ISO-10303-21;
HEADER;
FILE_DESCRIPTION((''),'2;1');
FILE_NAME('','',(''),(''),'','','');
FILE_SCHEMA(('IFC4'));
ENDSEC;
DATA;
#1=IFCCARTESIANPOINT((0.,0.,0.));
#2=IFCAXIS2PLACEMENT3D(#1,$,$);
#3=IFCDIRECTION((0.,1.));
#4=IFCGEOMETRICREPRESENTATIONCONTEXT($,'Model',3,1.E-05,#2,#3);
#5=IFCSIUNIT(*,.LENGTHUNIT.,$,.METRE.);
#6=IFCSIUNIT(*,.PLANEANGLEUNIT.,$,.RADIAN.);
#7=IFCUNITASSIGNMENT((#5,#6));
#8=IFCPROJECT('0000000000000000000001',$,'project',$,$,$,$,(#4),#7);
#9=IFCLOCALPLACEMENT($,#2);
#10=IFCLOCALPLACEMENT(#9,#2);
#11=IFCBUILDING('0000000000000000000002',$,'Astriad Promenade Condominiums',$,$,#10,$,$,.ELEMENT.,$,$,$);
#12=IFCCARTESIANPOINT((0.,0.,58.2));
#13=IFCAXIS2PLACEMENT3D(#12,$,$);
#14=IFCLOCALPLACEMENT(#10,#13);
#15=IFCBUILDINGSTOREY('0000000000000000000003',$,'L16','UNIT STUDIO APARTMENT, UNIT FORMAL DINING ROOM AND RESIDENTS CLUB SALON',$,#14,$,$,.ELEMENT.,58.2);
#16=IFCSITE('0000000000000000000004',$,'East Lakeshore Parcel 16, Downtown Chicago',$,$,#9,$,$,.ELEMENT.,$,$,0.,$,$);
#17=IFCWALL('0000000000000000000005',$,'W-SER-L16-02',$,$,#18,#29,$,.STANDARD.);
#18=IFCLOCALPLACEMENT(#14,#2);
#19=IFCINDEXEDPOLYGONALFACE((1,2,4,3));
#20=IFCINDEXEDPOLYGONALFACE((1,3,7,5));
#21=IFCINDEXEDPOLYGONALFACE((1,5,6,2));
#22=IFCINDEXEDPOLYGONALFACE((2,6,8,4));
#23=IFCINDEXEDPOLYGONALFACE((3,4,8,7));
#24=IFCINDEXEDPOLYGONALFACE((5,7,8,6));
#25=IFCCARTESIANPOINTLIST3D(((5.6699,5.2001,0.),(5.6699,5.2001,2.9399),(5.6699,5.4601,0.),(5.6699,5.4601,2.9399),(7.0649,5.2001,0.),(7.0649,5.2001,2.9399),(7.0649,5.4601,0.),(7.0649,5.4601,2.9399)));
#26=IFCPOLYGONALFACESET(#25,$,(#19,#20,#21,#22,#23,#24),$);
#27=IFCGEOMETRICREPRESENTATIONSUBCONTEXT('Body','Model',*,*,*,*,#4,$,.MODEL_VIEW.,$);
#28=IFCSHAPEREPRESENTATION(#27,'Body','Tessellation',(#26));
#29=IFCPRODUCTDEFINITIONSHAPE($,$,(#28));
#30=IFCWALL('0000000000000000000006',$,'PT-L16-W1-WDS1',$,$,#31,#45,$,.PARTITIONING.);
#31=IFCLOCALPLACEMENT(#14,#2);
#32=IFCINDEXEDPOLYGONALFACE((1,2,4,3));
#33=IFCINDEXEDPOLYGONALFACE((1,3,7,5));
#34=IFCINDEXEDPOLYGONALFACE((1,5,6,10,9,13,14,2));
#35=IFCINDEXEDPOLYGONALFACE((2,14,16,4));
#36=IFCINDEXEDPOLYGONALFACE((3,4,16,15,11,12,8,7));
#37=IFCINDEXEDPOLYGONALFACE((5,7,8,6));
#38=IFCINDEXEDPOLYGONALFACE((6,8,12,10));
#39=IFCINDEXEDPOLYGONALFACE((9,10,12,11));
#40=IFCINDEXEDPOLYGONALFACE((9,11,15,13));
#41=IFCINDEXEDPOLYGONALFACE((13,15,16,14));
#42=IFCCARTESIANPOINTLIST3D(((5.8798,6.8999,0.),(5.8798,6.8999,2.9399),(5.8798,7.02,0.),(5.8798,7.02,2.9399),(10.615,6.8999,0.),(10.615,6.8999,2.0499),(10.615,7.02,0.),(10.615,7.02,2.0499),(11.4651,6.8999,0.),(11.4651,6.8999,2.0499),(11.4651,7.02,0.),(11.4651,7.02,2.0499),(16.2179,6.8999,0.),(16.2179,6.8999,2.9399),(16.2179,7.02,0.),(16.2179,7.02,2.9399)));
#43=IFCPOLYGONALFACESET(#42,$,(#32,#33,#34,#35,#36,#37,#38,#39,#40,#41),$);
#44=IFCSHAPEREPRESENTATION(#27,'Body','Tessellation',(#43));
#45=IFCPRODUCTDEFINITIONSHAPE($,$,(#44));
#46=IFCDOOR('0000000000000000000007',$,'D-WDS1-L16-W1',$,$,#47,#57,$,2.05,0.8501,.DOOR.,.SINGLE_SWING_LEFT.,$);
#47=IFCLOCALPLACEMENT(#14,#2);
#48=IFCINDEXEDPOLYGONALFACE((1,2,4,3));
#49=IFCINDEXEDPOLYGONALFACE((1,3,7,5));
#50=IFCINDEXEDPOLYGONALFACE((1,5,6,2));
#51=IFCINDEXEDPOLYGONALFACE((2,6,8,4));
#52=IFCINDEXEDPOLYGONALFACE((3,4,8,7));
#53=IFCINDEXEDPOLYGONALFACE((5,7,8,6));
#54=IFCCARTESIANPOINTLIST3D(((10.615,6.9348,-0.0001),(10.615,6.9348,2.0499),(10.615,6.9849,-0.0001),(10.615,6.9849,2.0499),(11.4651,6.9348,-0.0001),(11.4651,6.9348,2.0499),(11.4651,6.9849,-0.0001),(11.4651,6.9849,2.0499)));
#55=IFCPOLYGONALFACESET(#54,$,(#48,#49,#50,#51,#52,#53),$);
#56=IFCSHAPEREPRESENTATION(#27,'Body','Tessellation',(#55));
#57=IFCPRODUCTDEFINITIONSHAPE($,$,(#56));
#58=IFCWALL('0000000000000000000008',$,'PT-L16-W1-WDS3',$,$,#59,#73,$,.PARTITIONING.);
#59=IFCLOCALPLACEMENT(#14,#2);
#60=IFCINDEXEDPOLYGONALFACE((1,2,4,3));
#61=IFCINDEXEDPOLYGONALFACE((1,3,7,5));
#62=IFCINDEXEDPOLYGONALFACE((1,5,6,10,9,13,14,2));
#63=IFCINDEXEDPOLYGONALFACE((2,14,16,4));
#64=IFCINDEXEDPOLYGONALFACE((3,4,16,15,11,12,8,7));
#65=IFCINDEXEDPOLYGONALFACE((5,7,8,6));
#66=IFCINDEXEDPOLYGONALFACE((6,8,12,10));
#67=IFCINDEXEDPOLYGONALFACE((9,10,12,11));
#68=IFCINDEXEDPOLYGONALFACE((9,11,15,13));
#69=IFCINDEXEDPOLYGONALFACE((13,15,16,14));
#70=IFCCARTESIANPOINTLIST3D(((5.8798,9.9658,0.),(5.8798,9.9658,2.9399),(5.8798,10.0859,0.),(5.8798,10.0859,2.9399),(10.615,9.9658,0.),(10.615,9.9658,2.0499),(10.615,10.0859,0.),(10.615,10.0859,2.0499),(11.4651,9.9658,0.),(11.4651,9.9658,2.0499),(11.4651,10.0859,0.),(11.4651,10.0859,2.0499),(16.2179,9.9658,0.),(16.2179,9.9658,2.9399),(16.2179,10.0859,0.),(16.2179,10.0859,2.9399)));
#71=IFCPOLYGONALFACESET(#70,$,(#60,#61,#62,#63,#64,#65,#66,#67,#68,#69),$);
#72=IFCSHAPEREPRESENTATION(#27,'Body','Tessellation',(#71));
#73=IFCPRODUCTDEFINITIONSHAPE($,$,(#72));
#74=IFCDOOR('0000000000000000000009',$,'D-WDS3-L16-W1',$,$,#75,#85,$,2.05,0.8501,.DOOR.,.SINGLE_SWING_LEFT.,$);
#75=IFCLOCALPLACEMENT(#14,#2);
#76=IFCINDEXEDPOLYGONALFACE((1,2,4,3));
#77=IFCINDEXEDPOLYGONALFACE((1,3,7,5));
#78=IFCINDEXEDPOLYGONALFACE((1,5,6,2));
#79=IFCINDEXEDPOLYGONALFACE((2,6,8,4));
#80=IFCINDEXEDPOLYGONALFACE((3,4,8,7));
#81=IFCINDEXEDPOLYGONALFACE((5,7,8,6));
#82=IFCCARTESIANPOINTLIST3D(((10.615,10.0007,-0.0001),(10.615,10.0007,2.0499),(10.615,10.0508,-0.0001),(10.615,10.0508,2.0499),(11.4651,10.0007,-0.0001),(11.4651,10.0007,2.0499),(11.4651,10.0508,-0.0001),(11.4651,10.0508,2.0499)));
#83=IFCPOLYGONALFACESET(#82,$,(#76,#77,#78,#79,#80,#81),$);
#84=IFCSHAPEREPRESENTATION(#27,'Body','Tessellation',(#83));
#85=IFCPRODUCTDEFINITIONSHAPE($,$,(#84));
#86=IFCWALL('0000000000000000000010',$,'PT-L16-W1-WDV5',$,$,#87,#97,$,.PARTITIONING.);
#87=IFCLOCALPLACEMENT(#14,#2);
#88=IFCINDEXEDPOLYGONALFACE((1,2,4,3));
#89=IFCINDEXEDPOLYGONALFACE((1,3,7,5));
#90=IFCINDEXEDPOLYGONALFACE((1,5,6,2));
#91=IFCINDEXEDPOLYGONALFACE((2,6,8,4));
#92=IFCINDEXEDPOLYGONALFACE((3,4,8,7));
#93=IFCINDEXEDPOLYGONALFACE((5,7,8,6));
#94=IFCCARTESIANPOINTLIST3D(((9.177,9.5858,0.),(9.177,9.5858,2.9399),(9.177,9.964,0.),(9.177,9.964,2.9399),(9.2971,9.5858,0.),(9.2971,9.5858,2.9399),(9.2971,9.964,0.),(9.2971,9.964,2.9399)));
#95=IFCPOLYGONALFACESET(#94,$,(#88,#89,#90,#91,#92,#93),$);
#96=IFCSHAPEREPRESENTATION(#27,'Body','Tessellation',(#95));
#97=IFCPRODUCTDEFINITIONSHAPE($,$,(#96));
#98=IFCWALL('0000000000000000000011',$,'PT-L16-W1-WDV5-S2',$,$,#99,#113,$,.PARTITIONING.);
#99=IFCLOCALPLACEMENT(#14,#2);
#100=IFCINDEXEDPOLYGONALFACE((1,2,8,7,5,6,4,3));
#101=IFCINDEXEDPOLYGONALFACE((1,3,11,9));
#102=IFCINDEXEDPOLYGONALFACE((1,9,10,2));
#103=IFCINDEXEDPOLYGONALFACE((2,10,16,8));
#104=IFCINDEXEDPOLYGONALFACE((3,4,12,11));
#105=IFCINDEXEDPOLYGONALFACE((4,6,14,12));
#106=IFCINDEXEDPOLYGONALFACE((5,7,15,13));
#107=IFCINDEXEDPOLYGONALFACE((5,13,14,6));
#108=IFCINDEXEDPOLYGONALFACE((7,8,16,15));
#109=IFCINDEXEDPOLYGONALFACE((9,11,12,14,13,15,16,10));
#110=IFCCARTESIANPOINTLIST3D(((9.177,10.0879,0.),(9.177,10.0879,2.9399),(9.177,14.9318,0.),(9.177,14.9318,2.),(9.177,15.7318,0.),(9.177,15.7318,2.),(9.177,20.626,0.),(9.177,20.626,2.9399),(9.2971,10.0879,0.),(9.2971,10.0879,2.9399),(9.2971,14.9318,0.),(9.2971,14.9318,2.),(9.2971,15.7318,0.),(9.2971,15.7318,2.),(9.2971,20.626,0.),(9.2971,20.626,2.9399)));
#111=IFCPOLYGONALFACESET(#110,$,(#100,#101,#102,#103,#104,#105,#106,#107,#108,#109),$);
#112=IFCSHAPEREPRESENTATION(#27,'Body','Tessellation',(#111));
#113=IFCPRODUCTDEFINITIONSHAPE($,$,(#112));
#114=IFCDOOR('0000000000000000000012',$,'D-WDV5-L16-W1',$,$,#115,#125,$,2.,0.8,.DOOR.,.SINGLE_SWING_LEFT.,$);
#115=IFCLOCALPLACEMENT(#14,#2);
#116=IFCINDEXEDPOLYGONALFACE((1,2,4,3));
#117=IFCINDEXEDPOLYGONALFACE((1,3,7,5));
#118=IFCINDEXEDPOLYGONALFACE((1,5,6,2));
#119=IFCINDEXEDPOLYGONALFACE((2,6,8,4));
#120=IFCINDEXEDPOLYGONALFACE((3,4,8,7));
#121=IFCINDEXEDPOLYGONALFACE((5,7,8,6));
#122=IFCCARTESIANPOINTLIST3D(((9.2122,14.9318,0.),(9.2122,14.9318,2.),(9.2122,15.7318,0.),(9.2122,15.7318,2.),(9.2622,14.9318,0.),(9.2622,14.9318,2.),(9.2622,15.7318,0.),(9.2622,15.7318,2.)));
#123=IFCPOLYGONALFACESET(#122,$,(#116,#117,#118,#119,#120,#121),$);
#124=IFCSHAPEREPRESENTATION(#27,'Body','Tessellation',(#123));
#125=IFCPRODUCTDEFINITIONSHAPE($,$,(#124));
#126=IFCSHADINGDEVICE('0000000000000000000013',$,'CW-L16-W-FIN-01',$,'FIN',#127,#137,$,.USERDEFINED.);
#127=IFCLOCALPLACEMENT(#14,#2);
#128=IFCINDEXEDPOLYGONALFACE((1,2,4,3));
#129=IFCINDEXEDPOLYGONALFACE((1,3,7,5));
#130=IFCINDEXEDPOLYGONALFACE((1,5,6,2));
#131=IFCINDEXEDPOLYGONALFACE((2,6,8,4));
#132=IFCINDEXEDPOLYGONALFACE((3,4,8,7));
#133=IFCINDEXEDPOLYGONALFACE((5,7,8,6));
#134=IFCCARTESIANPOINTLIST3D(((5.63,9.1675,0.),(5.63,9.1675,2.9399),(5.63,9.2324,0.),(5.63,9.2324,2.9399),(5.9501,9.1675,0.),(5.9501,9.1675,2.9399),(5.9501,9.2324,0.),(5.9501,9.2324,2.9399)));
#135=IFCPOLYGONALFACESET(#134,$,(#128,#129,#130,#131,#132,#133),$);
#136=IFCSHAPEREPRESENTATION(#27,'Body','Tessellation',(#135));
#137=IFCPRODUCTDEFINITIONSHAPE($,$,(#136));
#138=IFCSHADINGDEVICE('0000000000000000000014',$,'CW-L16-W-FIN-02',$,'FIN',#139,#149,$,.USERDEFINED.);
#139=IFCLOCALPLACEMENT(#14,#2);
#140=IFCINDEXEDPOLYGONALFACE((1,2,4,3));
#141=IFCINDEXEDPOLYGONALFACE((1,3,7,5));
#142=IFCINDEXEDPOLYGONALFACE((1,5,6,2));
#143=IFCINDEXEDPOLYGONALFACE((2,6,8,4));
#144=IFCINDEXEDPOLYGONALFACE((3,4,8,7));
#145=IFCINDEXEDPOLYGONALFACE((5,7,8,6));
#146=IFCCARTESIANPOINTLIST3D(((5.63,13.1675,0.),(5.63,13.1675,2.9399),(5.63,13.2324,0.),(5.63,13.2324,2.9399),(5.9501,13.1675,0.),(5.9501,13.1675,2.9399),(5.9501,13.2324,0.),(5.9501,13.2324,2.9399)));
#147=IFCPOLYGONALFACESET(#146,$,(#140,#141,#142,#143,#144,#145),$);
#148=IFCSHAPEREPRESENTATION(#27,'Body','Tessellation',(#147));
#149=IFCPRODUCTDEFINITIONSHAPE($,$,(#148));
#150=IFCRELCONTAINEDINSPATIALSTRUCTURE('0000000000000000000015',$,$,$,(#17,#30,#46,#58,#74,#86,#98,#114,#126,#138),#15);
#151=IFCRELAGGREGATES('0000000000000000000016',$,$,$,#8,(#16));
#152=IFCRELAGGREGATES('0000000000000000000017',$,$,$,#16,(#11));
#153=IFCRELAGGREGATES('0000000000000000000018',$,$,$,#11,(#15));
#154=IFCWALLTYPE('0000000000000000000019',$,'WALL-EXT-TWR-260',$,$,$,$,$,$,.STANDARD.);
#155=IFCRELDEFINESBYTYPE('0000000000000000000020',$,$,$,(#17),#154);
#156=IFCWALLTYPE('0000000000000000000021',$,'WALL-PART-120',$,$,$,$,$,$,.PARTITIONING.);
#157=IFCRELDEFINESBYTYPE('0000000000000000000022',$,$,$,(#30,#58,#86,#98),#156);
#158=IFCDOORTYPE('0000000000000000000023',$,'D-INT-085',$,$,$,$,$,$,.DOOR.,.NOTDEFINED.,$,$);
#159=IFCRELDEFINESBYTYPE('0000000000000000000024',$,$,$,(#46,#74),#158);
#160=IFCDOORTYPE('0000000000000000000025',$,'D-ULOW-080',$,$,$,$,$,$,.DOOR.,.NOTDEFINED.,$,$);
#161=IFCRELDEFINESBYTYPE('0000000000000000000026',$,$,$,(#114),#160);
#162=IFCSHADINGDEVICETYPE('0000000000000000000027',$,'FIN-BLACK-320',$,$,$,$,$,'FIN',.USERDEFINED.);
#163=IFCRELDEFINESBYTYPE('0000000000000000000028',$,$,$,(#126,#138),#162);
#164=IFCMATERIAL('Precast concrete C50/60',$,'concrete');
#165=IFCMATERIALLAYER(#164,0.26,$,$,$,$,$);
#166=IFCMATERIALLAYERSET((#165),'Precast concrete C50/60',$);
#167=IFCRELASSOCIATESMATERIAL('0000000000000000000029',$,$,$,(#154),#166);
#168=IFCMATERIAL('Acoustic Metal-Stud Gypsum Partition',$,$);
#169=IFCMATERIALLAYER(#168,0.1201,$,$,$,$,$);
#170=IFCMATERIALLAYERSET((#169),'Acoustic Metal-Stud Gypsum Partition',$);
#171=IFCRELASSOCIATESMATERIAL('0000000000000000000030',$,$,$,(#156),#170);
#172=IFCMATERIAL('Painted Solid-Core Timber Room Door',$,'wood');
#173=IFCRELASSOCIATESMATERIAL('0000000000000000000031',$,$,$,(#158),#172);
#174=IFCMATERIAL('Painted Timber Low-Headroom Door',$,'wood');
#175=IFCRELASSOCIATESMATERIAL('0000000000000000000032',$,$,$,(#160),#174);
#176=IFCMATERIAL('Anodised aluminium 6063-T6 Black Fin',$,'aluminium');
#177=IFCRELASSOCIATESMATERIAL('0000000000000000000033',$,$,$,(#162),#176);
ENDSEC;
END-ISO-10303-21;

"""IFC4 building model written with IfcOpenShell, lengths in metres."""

from ifc_helpers import new_model, si_unit, direction, frame, frame_2d, origin, origin_2d, place, context, subcontext, project, spatial, rectangle, extrude, source, transform, mapped, material, layer, layer_set, type_object, type_shapes, element, fill, save


model = new_model("IFC4")

# Units and contexts
model_context = context("Model", 3, precision=1e-05, world=origin(), true_north=direction((0.0, 1.0)))
body_context = subcontext(model_context, "Body", "Model", "MODEL_VIEW")
ifc_project = project(units=[si_unit("LENGTHUNIT", "METRE"), si_unit("PLANEANGLEUNIT", "RADIAN")], contexts=[model_context])

# Site, building, storey
site_placement = place(None, origin())
site = spatial("IfcSite", under=ifc_project, at=site_placement, Name="East Lakeshore Parcel 16, Downtown Chicago", CompositionType="ELEMENT", RefElevation=0.0)
building_placement = place(site_placement, origin())
building = spatial("IfcBuilding", under=site, at=building_placement, Name="Astriad Promenade Condominiums", CompositionType="ELEMENT")
storey_placement = place(building_placement, frame((0.0, 0.0, 58.2)))
storey = spatial("IfcBuildingStorey", under=building, at=storey_placement, Name="L16", Description="UNIT STUDIO APARTMENT, UNIT FORMAL DINING ROOM AND RESIDENTS CLUB SALON", CompositionType="ELEMENT", Elevation=58.2)

# Wall
ifc_material_1 = material(Name="Precast concrete C50/60", Category="concrete")
ifc_layer_1 = layer(ifc_material_1, 0.26)
ifc_layer_set_1 = layer_set([ifc_layer_1], Name="Precast concrete C50/60")
wall_type_1 = type_object("IfcWallType", Name="WALL-EXT-TWR-260", PredefinedType="STANDARD", material=ifc_layer_set_1)
wall_1_placement = place(storey_placement, frame((7.0649, 5.3301, 0.0), z_axis=(0.0, 0.0, 1.0), x_axis=(-1.0, 0.0, 0.0)))
element("IfcWall", 1, at=wall_1_placement, inside=storey, type_object=wall_type_1, Name="W-SER-L16-02", PredefinedType="STANDARD", context=body_context, shape_type="SweptSolid", body=[
    extrude(rectangle(XDim=1.395, YDim=0.26, at=frame_2d((0.6975, 0.0))), origin(), (0.0, 0.0, 1.0), 2.9399),
])

# Walls, openings, doors
ifc_material_2 = material(Name="Acoustic Metal-Stud Gypsum Partition")
ifc_layer_2 = layer(ifc_material_2, 0.1201)
ifc_layer_set_2 = layer_set([ifc_layer_2], Name="Acoustic Metal-Stud Gypsum Partition")
wall_type_2 = type_object("IfcWallType", Name="WALL-PART-120", PredefinedType="PARTITIONING", material=ifc_layer_set_2)
wall_2_placement = place(storey_placement, frame((5.8799, 6.96, 0.0), z_axis=(0.0, 0.0, 1.0), x_axis=(1.0, 0.0, 0.0)))
wall_2 = element("IfcWall", 2, at=wall_2_placement, inside=storey, type_object=wall_type_2, Name="PT-L16-W1-WDS1", PredefinedType="PARTITIONING", context=body_context, shape_type="SweptSolid", body=[
    extrude(rectangle(XDim=10.3381, YDim=0.1201, at=frame_2d((5.1689, 0.0))), origin(), (0.0, 0.0, 1.0), 2.9399),
])
opening_1_placement = place(wall_2_placement, frame((4.7351, 0.0, 0.0)))
opening_1 = element("IfcOpeningElement", 3, at=opening_1_placement, cuts=wall_2, PredefinedType="OPENING", context=body_context, shape_type="SweptSolid", body=[
    extrude(rectangle(XDim=0.8501, YDim=2.05, at=frame_2d((0.425, 1.0249))), frame((0.0, 0.0701, 0.0), z_axis=(0.0, -1.0, 0.0), x_axis=(1.0, 0.0, 0.0)), (0.0, 0.0, 1.0), 0.1401),
])
ifc_material_3 = material(Name="Painted Solid-Core Timber Room Door", Category="wood")
door_type_1 = type_object("IfcDoorType", Name="D-INT-085", OperationType="NOTDEFINED", PredefinedType="DOOR", material=ifc_material_3)
shared_shape_1 = source(origin(), body_context, "Body", "SweptSolid", [
    extrude(rectangle(XDim=0.8501, YDim=2.05, at=frame_2d((0.425, 1.0249))), frame((0.0, 0.0249, 0.0), z_axis=(0.0, -1.0, 0.0), x_axis=(1.0, 0.0, 0.0)), (0.0, 0.0, 1.0), 0.05),
])
type_shapes(door_type_1, [shared_shape_1])
door_1_placement = place(opening_1_placement, origin())
door_1 = element("IfcDoor", 4, at=door_1_placement, inside=storey, type_object=door_type_1, Name="D-WDS1-L16-W1", OperationType="SINGLE_SWING_LEFT", OverallHeight=2.05, OverallWidth=0.8501, PredefinedType="DOOR", context=body_context, shape_type="MappedRepresentation", body=[
    mapped(shared_shape_1, transform((0.0, 0.0, 0.0), scale=1.0)),
])
fill(opening_1, door_1)
wall_3_placement = place(storey_placement, frame((5.8799, 10.0259, 0.0), z_axis=(0.0, 0.0, 1.0), x_axis=(1.0, 0.0, 0.0)))
wall_3 = element("IfcWall", 5, at=wall_3_placement, inside=storey, type_object=wall_type_2, Name="PT-L16-W1-WDS3", PredefinedType="PARTITIONING", context=body_context, shape_type="SweptSolid", body=[
    extrude(rectangle(XDim=10.3381, YDim=0.1201, at=frame_2d((5.1689, 0.0))), origin(), (0.0, 0.0, 1.0), 2.9399),
])
opening_2_placement = place(wall_3_placement, frame((4.7351, 0.0, 0.0)))
opening_2 = element("IfcOpeningElement", 6, at=opening_2_placement, cuts=wall_3, PredefinedType="OPENING", context=body_context, shape_type="SweptSolid", body=[
    extrude(rectangle(XDim=0.8501, YDim=2.05, at=frame_2d((0.425, 1.0249))), frame((0.0, 0.0701, 0.0), z_axis=(0.0, -1.0, 0.0), x_axis=(1.0, 0.0, 0.0)), (0.0, 0.0, 1.0), 0.1401),
])
door_2_placement = place(opening_2_placement, origin())
door_2 = element("IfcDoor", 7, at=door_2_placement, inside=storey, type_object=door_type_1, Name="D-WDS3-L16-W1", OperationType="SINGLE_SWING_LEFT", OverallHeight=2.05, OverallWidth=0.8501, PredefinedType="DOOR", context=body_context, shape_type="MappedRepresentation", body=[
    mapped(shared_shape_1, transform((0.0, 0.0, 0.0), scale=1.0)),
])
fill(opening_2, door_2)

# Wall
wall_4_placement = place(storey_placement, frame((9.2371, 9.5859, 0.0), z_axis=(0.0, 0.0, 1.0), x_axis=(0.0, 1.0, 0.0)))
element("IfcWall", 8, at=wall_4_placement, inside=storey, type_object=wall_type_2, Name="PT-L16-W1-WDV5", PredefinedType="PARTITIONING", context=body_context, shape_type="SweptSolid", body=[
    extrude(rectangle(XDim=0.3782, YDim=0.1201, at=frame_2d((0.189, 0.0))), origin(), (0.0, 0.0, 1.0), 2.9399),
])

# Wall, opening, door
wall_5_placement = place(storey_placement, frame((9.2371, 10.0879, 0.0), z_axis=(0.0, 0.0, 1.0), x_axis=(0.0, 1.0, 0.0)))
wall_5 = element("IfcWall", 9, at=wall_5_placement, inside=storey, type_object=wall_type_2, Name="PT-L16-W1-WDV5-S2", PredefinedType="PARTITIONING", context=body_context, shape_type="SweptSolid", body=[
    extrude(rectangle(XDim=10.5381, YDim=0.1201, at=frame_2d((5.269, 0.0))), origin(), (0.0, 0.0, 1.0), 2.9399),
])
opening_3_placement = place(wall_5_placement, frame((4.844, 0.0, 0.0)))
opening_3 = element("IfcOpeningElement", 10, at=opening_3_placement, cuts=wall_5, PredefinedType="OPENING", context=body_context, shape_type="SweptSolid", body=[
    extrude(rectangle(XDim=0.8, YDim=2.0, at=frame_2d((0.3999, 1.0))), frame((0.0, 0.0701, 0.0), z_axis=(0.0, -1.0, 0.0), x_axis=(1.0, 0.0, 0.0)), (0.0, 0.0, 1.0), 0.1401),
])
ifc_material_4 = material(Name="Painted Timber Low-Headroom Door", Category="wood")
door_type_2 = type_object("IfcDoorType", Name="D-ULOW-080", OperationType="NOTDEFINED", PredefinedType="DOOR", material=ifc_material_4)
shared_shape_2 = source(origin(), body_context, "Body", "SweptSolid", [
    extrude(rectangle(XDim=0.8, YDim=2.0, at=frame_2d((0.3999, 1.0))), frame((0.0, 0.0249, 0.0), z_axis=(0.0, -1.0, 0.0), x_axis=(1.0, 0.0, 0.0)), (0.0, 0.0, 1.0), 0.05),
])
type_shapes(door_type_2, [shared_shape_2])
door_3_placement = place(opening_3_placement, origin())
door_3 = element("IfcDoor", 11, at=door_3_placement, inside=storey, type_object=door_type_2, Name="D-WDV5-L16-W1", OperationType="SINGLE_SWING_LEFT", OverallHeight=2.0, OverallWidth=0.8, PredefinedType="DOOR", context=body_context, shape_type="MappedRepresentation", body=[
    mapped(shared_shape_2, transform((0.0, 0.0, 0.0), scale=1.0)),
])
fill(opening_3, door_3)

# Shading devices
ifc_material_5 = material(Name="Anodised aluminium 6063-T6 Black Fin", Category="aluminium")
shading_device_type = type_object("IfcShadingDeviceType", Name="FIN-BLACK-320", ElementType="FIN", PredefinedType="USERDEFINED", material=ifc_material_5)
shared_shape_3 = source(origin(), body_context, "Body", "SweptSolid", [
    extrude(rectangle(XDim=0.0649, YDim=0.3201, at=origin_2d()), origin(), (0.0, 0.0, 1.0), 2.9399),
])
type_shapes(shading_device_type, [shared_shape_3])
for number, where, z_axis, x_axis, name in (
    (12, (5.79, 9.2, 0.0), (0.0, 0.0, 1.0), (0.0, 1.0, 0.0), "CW-L16-W-FIN-01"),
    (13, (5.79, 13.2, 0.0), (0.0, 0.0, 1.0), (0.0, 1.0, 0.0), "CW-L16-W-FIN-02"),
):
    element("IfcShadingDevice", number, at=place(storey_placement, frame(where, z_axis=z_axis, x_axis=x_axis)), inside=storey, type_object=shading_device_type, Name=name, ObjectType="FIN", PredefinedType="USERDEFINED", context=body_context, shape_type="MappedRepresentation", body=[
        mapped(shared_shape_3, transform((0.0, 0.0, 0.0), scale=1.0)),
    ])

save(model, "model.ifc")
